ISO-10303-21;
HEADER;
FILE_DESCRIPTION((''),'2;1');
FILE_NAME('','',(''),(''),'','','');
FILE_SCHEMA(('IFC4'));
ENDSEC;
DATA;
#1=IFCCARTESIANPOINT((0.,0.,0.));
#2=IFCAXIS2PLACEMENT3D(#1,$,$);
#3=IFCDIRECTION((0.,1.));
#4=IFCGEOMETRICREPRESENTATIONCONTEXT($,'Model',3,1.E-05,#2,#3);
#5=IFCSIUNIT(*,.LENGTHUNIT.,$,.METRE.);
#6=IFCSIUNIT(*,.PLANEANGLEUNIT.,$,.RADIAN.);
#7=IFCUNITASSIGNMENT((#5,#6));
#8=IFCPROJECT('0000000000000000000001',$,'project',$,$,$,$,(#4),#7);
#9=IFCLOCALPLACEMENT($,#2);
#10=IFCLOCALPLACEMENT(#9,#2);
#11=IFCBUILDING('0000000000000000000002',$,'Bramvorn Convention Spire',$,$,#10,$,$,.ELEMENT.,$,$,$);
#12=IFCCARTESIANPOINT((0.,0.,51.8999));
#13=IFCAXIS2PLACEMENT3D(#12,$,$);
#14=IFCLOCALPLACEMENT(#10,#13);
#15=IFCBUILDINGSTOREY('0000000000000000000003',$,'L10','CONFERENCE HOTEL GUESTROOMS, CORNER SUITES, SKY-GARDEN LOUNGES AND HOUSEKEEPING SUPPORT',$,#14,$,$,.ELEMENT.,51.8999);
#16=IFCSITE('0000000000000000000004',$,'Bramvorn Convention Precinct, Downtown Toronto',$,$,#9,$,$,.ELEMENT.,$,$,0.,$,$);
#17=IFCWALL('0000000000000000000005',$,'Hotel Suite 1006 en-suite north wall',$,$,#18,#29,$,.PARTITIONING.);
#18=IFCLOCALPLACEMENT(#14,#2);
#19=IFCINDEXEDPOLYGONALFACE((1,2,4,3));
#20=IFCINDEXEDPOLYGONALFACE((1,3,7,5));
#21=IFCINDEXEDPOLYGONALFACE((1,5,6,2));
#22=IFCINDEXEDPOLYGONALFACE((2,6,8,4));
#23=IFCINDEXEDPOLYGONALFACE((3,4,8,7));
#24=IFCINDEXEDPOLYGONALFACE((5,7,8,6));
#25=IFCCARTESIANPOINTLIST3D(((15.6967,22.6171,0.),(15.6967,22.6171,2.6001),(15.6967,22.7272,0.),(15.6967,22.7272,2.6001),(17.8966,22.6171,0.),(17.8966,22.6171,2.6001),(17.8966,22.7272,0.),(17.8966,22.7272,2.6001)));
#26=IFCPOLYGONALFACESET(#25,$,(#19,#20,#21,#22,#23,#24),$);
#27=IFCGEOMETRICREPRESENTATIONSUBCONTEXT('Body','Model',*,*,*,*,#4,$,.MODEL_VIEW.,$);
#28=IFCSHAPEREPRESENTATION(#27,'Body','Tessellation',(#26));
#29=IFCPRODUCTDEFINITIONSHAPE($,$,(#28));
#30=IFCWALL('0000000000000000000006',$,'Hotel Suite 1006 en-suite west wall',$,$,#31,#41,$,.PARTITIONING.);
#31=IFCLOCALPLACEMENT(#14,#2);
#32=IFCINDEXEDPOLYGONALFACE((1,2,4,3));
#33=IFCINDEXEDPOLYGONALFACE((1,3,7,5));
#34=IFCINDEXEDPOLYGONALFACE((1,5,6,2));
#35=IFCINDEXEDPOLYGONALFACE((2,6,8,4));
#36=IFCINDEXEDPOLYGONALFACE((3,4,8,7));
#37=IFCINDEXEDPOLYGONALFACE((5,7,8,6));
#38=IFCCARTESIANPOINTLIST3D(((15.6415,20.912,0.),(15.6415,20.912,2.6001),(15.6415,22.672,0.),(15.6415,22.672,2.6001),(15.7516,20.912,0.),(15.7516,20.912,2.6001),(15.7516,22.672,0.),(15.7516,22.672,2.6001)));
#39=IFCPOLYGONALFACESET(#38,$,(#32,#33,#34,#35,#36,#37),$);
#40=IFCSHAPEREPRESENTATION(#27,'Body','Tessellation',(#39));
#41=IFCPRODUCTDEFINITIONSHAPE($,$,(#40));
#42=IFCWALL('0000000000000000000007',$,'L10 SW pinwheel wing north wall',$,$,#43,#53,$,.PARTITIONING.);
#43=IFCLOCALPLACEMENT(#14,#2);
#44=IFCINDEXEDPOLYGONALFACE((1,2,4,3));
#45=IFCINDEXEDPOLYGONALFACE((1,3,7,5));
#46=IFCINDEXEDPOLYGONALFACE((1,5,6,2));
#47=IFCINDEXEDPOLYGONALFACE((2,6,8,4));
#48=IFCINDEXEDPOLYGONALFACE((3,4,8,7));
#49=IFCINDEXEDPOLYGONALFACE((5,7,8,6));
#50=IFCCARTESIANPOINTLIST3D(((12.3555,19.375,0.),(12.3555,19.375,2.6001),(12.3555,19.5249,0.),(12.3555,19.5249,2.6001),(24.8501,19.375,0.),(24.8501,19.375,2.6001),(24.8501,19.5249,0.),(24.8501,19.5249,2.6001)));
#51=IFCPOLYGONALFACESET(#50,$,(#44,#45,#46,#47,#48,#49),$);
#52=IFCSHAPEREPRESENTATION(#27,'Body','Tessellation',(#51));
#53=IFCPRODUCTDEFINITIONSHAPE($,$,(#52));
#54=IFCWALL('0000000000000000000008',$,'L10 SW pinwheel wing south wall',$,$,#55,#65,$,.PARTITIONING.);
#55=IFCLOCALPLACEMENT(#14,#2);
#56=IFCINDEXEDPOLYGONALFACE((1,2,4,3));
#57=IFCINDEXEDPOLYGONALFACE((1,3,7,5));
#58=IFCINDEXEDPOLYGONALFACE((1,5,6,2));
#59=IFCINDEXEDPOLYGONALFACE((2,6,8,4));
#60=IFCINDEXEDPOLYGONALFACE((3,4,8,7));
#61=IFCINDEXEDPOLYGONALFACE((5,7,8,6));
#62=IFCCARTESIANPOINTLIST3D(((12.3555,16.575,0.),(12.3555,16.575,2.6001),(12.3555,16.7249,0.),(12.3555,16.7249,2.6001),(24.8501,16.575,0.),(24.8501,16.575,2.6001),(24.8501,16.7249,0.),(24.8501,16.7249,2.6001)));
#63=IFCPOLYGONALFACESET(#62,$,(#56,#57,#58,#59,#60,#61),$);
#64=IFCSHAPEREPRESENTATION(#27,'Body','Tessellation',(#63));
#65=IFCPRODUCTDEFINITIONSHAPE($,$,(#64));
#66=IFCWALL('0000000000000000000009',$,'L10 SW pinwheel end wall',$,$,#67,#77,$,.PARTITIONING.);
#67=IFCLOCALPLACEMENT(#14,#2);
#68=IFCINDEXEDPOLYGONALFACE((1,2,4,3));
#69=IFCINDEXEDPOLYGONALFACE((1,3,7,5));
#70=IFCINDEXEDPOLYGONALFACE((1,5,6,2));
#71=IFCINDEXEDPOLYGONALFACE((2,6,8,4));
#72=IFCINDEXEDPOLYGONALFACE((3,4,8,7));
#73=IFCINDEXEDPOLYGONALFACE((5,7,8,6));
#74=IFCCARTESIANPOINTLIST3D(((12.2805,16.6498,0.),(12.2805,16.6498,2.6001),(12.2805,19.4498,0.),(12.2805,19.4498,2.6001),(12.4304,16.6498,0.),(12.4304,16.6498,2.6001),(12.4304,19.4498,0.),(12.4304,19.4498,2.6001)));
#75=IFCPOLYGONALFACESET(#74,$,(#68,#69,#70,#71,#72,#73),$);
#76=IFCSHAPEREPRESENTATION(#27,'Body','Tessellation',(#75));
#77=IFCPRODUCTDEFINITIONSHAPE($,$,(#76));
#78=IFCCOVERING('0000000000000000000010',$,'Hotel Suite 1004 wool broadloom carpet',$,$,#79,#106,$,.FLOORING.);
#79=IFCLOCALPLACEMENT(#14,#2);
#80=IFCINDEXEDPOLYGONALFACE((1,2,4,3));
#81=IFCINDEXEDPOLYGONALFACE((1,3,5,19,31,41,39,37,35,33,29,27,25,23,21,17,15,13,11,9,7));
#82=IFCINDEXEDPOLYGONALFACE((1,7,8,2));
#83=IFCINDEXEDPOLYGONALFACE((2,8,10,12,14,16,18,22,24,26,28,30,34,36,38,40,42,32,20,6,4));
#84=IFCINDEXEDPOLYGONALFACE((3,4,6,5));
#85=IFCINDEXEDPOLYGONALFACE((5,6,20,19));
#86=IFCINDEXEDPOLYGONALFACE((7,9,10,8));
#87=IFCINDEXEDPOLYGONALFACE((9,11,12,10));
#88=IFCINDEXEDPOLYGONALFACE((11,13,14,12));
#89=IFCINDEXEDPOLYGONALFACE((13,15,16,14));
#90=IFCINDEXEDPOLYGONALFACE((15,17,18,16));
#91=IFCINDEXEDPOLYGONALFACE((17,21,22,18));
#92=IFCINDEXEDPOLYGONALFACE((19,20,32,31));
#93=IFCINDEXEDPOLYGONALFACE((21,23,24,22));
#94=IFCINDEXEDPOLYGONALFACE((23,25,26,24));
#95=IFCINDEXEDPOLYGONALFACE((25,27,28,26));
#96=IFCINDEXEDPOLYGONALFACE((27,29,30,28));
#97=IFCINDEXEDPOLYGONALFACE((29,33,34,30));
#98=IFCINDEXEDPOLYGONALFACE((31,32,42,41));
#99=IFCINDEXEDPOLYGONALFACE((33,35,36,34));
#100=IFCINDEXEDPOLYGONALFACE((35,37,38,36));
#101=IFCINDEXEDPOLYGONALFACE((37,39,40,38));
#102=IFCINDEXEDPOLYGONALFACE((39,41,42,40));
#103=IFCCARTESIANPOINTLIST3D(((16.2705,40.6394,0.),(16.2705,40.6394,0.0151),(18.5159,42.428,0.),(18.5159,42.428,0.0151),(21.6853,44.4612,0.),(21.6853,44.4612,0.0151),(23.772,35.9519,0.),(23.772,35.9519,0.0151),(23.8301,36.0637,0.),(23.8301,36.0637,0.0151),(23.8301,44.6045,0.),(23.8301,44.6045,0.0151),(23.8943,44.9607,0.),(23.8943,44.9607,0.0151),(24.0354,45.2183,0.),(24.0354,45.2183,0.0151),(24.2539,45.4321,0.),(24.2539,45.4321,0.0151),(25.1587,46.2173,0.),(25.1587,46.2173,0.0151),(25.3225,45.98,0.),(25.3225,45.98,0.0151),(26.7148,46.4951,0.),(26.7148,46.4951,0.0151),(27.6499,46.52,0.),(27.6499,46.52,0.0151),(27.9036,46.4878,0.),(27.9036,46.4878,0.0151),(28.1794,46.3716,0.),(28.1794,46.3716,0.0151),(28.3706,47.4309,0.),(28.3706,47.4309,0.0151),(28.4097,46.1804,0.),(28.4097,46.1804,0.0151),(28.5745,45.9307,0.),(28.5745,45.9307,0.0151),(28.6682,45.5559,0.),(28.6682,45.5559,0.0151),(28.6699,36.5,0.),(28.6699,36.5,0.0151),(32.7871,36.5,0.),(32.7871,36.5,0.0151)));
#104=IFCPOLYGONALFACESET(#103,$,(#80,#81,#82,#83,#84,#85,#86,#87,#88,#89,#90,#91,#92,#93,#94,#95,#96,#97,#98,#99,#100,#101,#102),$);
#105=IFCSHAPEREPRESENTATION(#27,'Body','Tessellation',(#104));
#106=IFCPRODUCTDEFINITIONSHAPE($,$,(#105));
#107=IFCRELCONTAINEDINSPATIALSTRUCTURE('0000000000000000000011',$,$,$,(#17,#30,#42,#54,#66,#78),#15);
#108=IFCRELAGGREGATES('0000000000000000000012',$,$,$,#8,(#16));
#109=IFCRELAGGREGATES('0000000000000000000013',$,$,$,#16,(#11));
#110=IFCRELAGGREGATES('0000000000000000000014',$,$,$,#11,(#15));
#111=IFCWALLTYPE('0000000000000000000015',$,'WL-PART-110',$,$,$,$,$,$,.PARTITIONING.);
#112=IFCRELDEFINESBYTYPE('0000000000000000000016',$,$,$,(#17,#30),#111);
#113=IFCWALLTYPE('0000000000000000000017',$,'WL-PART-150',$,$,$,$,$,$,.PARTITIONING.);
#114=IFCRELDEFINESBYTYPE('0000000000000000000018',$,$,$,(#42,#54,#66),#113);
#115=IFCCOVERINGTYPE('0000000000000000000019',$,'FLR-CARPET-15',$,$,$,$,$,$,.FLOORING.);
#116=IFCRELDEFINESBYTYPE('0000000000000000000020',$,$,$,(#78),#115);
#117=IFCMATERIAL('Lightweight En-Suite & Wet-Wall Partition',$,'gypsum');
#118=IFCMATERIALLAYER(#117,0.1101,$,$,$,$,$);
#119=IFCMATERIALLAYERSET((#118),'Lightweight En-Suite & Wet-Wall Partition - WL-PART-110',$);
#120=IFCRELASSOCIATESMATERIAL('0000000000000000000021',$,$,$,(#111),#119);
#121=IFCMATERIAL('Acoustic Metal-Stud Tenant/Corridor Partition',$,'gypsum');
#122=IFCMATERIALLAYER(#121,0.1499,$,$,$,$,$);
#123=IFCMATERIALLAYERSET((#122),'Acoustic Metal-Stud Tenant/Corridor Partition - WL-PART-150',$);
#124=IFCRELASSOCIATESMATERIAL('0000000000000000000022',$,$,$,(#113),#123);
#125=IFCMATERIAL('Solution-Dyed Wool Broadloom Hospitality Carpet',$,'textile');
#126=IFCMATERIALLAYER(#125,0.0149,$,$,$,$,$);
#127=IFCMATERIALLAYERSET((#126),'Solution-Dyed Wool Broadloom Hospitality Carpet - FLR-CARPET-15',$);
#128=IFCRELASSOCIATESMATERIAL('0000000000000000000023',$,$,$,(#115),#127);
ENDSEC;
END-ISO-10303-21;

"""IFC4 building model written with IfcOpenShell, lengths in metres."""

from ifc_helpers import new_model, si_unit, direction, frame, frame_2d, origin, place, context, subcontext, project, spatial, polyline, rectangle, outline, extrude, material, layer, layer_set, type_object, element, save


model = new_model("IFC4")

# Units and contexts
model_context = context("Model", 3, precision=1e-05, world=origin(), true_north=direction((0.0, 1.0)))
body_context = subcontext(model_context, "Body", "Model", "MODEL_VIEW")
ifc_project = project(units=[si_unit("LENGTHUNIT", "METRE"), si_unit("PLANEANGLEUNIT", "RADIAN")], contexts=[model_context])

# Site, building, storey
site_placement = place(None, origin())
site = spatial("IfcSite", under=ifc_project, at=site_placement, Name="Bramvorn Convention Precinct, Downtown Toronto", CompositionType="ELEMENT", RefElevation=0.0)
building_placement = place(site_placement, origin())
building = spatial("IfcBuilding", under=site, at=building_placement, Name="Bramvorn Convention Spire", CompositionType="ELEMENT")
storey_placement = place(building_placement, frame((0.0, 0.0, 51.8999)))
storey = spatial("IfcBuildingStorey", under=building, at=storey_placement, Name="L10", Description="CONFERENCE HOTEL GUESTROOMS, CORNER SUITES, SKY-GARDEN LOUNGES AND HOUSEKEEPING SUPPORT", CompositionType="ELEMENT", Elevation=51.8999)

# Shared definitions
ifc_material_1 = material(Name="Lightweight En-Suite & Wet-Wall Partition", Category="gypsum")
ifc_layer_1 = layer(ifc_material_1, 0.1101)
ifc_layer_set_1 = layer_set([ifc_layer_1], Name="Lightweight En-Suite & Wet-Wall Partition - WL-PART-110")
wall_type_1 = type_object("IfcWallType", Name="WL-PART-110", PredefinedType="PARTITIONING", material=ifc_layer_set_1)

# Walls
wall_1_placement = place(storey_placement, frame((15.6965, 22.6721, 0.0), z_axis=(0.0, 0.0, 1.0), x_axis=(1.0, 0.0, 0.0)))
element("IfcWall", 1, at=wall_1_placement, inside=storey, type_object=wall_type_1, Name="Hotel Suite 1006 en-suite north wall", PredefinedType="PARTITIONING", context=body_context, shape_type="SweptSolid", body=[
    extrude(rectangle(XDim=2.2, YDim=0.1101, at=frame_2d((1.1001, 0.0))), origin(), (0.0, 0.0, 1.0), 2.6001),
])
wall_2_placement = place(storey_placement, frame((15.6965, 20.9121, 0.0), z_axis=(0.0, 0.0, 1.0), x_axis=(0.0, 1.0, 0.0)))
element("IfcWall", 2, at=wall_2_placement, inside=storey, type_object=wall_type_1, Name="Hotel Suite 1006 en-suite west wall", PredefinedType="PARTITIONING", context=body_context, shape_type="SweptSolid", body=[
    extrude(rectangle(XDim=1.76, YDim=0.1101, at=frame_2d((0.8799, 0.0))), origin(), (0.0, 0.0, 1.0), 2.6001),
])
ifc_material_2 = material(Name="Acoustic Metal-Stud Tenant/Corridor Partition", Category="gypsum")
ifc_layer_2 = layer(ifc_material_2, 0.1499)
ifc_layer_set_2 = layer_set([ifc_layer_2], Name="Acoustic Metal-Stud Tenant/Corridor Partition - WL-PART-150")
wall_type_2 = type_object("IfcWallType", Name="WL-PART-150", PredefinedType="PARTITIONING", material=ifc_layer_set_2)
for number, where, z_axis, x_axis, name in (
    (3, (12.3555, 19.45, 0.0), (0.0, 0.0, 1.0), (1.0, 0.0, 0.0), "L10 SW pinwheel wing north wall"),
    (4, (12.3555, 16.6499, 0.0), (0.0, 0.0, 1.0), (1.0, 0.0, 0.0), "L10 SW pinwheel wing south wall"),
):
    element("IfcWall", number, at=place(storey_placement, frame(where, z_axis=z_axis, x_axis=x_axis)), inside=storey, type_object=wall_type_2, Name=name, PredefinedType="PARTITIONING", context=body_context, shape_type="SweptSolid", body=[
        extrude(rectangle(XDim=12.4946, YDim=0.1499, at=frame_2d((6.2473, 0.0))), origin(), (0.0, 0.0, 1.0), 2.6001),
    ])
wall_3_placement = place(storey_placement, frame((12.3555, 16.6499, 0.0), z_axis=(0.0, 0.0, 1.0), x_axis=(0.0, 1.0, 0.0)))
element("IfcWall", 5, at=wall_3_placement, inside=storey, type_object=wall_type_2, Name="L10 SW pinwheel end wall", PredefinedType="PARTITIONING", context=body_context, shape_type="SweptSolid", body=[
    extrude(rectangle(XDim=2.8, YDim=0.1499, at=frame_2d((1.3999, 0.0))), origin(), (0.0, 0.0, 1.0), 2.6001),
])

# Covering
ifc_material_3 = material(Name="Solution-Dyed Wool Broadloom Hospitality Carpet", Category="textile")
ifc_layer_3 = layer(ifc_material_3, 0.0149)
ifc_layer_set_3 = layer_set([ifc_layer_3], Name="Solution-Dyed Wool Broadloom Hospitality Carpet - FLR-CARPET-15")
covering_type = type_object("IfcCoveringType", Name="FLR-CARPET-15", PredefinedType="FLOORING", material=ifc_layer_set_3)
covering_placement = place(storey_placement, origin())
element("IfcCovering", 6, at=covering_placement, inside=storey, type_object=covering_type, Name="Hotel Suite 1004 wool broadloom carpet", PredefinedType="FLOORING", context=body_context, shape_type="SweptSolid", body=[
    extrude(outline(polyline([(23.772, 35.9519), (23.8301, 36.0637), (23.8301, 44.6045), (23.8943, 44.9607), (24.0354, 45.2183), (24.2539, 45.4321), (25.3225, 45.98), (26.7148, 46.4951), (27.6499, 46.52), (27.9036, 46.4878), (28.1794, 46.3716), (28.4097, 46.1804), (28.5745, 45.9307), (28.6682, 45.5559), (28.6699, 36.5), (32.7871, 36.5), (28.3706, 47.4309), (25.1587, 46.2173), (21.6853, 44.4612), (18.5159, 42.428), (16.2705, 40.6394), (23.772, 35.9519)])), origin(), (0.0, 0.0, 1.0), 0.0151),
])

save(model, "model.ifc")
